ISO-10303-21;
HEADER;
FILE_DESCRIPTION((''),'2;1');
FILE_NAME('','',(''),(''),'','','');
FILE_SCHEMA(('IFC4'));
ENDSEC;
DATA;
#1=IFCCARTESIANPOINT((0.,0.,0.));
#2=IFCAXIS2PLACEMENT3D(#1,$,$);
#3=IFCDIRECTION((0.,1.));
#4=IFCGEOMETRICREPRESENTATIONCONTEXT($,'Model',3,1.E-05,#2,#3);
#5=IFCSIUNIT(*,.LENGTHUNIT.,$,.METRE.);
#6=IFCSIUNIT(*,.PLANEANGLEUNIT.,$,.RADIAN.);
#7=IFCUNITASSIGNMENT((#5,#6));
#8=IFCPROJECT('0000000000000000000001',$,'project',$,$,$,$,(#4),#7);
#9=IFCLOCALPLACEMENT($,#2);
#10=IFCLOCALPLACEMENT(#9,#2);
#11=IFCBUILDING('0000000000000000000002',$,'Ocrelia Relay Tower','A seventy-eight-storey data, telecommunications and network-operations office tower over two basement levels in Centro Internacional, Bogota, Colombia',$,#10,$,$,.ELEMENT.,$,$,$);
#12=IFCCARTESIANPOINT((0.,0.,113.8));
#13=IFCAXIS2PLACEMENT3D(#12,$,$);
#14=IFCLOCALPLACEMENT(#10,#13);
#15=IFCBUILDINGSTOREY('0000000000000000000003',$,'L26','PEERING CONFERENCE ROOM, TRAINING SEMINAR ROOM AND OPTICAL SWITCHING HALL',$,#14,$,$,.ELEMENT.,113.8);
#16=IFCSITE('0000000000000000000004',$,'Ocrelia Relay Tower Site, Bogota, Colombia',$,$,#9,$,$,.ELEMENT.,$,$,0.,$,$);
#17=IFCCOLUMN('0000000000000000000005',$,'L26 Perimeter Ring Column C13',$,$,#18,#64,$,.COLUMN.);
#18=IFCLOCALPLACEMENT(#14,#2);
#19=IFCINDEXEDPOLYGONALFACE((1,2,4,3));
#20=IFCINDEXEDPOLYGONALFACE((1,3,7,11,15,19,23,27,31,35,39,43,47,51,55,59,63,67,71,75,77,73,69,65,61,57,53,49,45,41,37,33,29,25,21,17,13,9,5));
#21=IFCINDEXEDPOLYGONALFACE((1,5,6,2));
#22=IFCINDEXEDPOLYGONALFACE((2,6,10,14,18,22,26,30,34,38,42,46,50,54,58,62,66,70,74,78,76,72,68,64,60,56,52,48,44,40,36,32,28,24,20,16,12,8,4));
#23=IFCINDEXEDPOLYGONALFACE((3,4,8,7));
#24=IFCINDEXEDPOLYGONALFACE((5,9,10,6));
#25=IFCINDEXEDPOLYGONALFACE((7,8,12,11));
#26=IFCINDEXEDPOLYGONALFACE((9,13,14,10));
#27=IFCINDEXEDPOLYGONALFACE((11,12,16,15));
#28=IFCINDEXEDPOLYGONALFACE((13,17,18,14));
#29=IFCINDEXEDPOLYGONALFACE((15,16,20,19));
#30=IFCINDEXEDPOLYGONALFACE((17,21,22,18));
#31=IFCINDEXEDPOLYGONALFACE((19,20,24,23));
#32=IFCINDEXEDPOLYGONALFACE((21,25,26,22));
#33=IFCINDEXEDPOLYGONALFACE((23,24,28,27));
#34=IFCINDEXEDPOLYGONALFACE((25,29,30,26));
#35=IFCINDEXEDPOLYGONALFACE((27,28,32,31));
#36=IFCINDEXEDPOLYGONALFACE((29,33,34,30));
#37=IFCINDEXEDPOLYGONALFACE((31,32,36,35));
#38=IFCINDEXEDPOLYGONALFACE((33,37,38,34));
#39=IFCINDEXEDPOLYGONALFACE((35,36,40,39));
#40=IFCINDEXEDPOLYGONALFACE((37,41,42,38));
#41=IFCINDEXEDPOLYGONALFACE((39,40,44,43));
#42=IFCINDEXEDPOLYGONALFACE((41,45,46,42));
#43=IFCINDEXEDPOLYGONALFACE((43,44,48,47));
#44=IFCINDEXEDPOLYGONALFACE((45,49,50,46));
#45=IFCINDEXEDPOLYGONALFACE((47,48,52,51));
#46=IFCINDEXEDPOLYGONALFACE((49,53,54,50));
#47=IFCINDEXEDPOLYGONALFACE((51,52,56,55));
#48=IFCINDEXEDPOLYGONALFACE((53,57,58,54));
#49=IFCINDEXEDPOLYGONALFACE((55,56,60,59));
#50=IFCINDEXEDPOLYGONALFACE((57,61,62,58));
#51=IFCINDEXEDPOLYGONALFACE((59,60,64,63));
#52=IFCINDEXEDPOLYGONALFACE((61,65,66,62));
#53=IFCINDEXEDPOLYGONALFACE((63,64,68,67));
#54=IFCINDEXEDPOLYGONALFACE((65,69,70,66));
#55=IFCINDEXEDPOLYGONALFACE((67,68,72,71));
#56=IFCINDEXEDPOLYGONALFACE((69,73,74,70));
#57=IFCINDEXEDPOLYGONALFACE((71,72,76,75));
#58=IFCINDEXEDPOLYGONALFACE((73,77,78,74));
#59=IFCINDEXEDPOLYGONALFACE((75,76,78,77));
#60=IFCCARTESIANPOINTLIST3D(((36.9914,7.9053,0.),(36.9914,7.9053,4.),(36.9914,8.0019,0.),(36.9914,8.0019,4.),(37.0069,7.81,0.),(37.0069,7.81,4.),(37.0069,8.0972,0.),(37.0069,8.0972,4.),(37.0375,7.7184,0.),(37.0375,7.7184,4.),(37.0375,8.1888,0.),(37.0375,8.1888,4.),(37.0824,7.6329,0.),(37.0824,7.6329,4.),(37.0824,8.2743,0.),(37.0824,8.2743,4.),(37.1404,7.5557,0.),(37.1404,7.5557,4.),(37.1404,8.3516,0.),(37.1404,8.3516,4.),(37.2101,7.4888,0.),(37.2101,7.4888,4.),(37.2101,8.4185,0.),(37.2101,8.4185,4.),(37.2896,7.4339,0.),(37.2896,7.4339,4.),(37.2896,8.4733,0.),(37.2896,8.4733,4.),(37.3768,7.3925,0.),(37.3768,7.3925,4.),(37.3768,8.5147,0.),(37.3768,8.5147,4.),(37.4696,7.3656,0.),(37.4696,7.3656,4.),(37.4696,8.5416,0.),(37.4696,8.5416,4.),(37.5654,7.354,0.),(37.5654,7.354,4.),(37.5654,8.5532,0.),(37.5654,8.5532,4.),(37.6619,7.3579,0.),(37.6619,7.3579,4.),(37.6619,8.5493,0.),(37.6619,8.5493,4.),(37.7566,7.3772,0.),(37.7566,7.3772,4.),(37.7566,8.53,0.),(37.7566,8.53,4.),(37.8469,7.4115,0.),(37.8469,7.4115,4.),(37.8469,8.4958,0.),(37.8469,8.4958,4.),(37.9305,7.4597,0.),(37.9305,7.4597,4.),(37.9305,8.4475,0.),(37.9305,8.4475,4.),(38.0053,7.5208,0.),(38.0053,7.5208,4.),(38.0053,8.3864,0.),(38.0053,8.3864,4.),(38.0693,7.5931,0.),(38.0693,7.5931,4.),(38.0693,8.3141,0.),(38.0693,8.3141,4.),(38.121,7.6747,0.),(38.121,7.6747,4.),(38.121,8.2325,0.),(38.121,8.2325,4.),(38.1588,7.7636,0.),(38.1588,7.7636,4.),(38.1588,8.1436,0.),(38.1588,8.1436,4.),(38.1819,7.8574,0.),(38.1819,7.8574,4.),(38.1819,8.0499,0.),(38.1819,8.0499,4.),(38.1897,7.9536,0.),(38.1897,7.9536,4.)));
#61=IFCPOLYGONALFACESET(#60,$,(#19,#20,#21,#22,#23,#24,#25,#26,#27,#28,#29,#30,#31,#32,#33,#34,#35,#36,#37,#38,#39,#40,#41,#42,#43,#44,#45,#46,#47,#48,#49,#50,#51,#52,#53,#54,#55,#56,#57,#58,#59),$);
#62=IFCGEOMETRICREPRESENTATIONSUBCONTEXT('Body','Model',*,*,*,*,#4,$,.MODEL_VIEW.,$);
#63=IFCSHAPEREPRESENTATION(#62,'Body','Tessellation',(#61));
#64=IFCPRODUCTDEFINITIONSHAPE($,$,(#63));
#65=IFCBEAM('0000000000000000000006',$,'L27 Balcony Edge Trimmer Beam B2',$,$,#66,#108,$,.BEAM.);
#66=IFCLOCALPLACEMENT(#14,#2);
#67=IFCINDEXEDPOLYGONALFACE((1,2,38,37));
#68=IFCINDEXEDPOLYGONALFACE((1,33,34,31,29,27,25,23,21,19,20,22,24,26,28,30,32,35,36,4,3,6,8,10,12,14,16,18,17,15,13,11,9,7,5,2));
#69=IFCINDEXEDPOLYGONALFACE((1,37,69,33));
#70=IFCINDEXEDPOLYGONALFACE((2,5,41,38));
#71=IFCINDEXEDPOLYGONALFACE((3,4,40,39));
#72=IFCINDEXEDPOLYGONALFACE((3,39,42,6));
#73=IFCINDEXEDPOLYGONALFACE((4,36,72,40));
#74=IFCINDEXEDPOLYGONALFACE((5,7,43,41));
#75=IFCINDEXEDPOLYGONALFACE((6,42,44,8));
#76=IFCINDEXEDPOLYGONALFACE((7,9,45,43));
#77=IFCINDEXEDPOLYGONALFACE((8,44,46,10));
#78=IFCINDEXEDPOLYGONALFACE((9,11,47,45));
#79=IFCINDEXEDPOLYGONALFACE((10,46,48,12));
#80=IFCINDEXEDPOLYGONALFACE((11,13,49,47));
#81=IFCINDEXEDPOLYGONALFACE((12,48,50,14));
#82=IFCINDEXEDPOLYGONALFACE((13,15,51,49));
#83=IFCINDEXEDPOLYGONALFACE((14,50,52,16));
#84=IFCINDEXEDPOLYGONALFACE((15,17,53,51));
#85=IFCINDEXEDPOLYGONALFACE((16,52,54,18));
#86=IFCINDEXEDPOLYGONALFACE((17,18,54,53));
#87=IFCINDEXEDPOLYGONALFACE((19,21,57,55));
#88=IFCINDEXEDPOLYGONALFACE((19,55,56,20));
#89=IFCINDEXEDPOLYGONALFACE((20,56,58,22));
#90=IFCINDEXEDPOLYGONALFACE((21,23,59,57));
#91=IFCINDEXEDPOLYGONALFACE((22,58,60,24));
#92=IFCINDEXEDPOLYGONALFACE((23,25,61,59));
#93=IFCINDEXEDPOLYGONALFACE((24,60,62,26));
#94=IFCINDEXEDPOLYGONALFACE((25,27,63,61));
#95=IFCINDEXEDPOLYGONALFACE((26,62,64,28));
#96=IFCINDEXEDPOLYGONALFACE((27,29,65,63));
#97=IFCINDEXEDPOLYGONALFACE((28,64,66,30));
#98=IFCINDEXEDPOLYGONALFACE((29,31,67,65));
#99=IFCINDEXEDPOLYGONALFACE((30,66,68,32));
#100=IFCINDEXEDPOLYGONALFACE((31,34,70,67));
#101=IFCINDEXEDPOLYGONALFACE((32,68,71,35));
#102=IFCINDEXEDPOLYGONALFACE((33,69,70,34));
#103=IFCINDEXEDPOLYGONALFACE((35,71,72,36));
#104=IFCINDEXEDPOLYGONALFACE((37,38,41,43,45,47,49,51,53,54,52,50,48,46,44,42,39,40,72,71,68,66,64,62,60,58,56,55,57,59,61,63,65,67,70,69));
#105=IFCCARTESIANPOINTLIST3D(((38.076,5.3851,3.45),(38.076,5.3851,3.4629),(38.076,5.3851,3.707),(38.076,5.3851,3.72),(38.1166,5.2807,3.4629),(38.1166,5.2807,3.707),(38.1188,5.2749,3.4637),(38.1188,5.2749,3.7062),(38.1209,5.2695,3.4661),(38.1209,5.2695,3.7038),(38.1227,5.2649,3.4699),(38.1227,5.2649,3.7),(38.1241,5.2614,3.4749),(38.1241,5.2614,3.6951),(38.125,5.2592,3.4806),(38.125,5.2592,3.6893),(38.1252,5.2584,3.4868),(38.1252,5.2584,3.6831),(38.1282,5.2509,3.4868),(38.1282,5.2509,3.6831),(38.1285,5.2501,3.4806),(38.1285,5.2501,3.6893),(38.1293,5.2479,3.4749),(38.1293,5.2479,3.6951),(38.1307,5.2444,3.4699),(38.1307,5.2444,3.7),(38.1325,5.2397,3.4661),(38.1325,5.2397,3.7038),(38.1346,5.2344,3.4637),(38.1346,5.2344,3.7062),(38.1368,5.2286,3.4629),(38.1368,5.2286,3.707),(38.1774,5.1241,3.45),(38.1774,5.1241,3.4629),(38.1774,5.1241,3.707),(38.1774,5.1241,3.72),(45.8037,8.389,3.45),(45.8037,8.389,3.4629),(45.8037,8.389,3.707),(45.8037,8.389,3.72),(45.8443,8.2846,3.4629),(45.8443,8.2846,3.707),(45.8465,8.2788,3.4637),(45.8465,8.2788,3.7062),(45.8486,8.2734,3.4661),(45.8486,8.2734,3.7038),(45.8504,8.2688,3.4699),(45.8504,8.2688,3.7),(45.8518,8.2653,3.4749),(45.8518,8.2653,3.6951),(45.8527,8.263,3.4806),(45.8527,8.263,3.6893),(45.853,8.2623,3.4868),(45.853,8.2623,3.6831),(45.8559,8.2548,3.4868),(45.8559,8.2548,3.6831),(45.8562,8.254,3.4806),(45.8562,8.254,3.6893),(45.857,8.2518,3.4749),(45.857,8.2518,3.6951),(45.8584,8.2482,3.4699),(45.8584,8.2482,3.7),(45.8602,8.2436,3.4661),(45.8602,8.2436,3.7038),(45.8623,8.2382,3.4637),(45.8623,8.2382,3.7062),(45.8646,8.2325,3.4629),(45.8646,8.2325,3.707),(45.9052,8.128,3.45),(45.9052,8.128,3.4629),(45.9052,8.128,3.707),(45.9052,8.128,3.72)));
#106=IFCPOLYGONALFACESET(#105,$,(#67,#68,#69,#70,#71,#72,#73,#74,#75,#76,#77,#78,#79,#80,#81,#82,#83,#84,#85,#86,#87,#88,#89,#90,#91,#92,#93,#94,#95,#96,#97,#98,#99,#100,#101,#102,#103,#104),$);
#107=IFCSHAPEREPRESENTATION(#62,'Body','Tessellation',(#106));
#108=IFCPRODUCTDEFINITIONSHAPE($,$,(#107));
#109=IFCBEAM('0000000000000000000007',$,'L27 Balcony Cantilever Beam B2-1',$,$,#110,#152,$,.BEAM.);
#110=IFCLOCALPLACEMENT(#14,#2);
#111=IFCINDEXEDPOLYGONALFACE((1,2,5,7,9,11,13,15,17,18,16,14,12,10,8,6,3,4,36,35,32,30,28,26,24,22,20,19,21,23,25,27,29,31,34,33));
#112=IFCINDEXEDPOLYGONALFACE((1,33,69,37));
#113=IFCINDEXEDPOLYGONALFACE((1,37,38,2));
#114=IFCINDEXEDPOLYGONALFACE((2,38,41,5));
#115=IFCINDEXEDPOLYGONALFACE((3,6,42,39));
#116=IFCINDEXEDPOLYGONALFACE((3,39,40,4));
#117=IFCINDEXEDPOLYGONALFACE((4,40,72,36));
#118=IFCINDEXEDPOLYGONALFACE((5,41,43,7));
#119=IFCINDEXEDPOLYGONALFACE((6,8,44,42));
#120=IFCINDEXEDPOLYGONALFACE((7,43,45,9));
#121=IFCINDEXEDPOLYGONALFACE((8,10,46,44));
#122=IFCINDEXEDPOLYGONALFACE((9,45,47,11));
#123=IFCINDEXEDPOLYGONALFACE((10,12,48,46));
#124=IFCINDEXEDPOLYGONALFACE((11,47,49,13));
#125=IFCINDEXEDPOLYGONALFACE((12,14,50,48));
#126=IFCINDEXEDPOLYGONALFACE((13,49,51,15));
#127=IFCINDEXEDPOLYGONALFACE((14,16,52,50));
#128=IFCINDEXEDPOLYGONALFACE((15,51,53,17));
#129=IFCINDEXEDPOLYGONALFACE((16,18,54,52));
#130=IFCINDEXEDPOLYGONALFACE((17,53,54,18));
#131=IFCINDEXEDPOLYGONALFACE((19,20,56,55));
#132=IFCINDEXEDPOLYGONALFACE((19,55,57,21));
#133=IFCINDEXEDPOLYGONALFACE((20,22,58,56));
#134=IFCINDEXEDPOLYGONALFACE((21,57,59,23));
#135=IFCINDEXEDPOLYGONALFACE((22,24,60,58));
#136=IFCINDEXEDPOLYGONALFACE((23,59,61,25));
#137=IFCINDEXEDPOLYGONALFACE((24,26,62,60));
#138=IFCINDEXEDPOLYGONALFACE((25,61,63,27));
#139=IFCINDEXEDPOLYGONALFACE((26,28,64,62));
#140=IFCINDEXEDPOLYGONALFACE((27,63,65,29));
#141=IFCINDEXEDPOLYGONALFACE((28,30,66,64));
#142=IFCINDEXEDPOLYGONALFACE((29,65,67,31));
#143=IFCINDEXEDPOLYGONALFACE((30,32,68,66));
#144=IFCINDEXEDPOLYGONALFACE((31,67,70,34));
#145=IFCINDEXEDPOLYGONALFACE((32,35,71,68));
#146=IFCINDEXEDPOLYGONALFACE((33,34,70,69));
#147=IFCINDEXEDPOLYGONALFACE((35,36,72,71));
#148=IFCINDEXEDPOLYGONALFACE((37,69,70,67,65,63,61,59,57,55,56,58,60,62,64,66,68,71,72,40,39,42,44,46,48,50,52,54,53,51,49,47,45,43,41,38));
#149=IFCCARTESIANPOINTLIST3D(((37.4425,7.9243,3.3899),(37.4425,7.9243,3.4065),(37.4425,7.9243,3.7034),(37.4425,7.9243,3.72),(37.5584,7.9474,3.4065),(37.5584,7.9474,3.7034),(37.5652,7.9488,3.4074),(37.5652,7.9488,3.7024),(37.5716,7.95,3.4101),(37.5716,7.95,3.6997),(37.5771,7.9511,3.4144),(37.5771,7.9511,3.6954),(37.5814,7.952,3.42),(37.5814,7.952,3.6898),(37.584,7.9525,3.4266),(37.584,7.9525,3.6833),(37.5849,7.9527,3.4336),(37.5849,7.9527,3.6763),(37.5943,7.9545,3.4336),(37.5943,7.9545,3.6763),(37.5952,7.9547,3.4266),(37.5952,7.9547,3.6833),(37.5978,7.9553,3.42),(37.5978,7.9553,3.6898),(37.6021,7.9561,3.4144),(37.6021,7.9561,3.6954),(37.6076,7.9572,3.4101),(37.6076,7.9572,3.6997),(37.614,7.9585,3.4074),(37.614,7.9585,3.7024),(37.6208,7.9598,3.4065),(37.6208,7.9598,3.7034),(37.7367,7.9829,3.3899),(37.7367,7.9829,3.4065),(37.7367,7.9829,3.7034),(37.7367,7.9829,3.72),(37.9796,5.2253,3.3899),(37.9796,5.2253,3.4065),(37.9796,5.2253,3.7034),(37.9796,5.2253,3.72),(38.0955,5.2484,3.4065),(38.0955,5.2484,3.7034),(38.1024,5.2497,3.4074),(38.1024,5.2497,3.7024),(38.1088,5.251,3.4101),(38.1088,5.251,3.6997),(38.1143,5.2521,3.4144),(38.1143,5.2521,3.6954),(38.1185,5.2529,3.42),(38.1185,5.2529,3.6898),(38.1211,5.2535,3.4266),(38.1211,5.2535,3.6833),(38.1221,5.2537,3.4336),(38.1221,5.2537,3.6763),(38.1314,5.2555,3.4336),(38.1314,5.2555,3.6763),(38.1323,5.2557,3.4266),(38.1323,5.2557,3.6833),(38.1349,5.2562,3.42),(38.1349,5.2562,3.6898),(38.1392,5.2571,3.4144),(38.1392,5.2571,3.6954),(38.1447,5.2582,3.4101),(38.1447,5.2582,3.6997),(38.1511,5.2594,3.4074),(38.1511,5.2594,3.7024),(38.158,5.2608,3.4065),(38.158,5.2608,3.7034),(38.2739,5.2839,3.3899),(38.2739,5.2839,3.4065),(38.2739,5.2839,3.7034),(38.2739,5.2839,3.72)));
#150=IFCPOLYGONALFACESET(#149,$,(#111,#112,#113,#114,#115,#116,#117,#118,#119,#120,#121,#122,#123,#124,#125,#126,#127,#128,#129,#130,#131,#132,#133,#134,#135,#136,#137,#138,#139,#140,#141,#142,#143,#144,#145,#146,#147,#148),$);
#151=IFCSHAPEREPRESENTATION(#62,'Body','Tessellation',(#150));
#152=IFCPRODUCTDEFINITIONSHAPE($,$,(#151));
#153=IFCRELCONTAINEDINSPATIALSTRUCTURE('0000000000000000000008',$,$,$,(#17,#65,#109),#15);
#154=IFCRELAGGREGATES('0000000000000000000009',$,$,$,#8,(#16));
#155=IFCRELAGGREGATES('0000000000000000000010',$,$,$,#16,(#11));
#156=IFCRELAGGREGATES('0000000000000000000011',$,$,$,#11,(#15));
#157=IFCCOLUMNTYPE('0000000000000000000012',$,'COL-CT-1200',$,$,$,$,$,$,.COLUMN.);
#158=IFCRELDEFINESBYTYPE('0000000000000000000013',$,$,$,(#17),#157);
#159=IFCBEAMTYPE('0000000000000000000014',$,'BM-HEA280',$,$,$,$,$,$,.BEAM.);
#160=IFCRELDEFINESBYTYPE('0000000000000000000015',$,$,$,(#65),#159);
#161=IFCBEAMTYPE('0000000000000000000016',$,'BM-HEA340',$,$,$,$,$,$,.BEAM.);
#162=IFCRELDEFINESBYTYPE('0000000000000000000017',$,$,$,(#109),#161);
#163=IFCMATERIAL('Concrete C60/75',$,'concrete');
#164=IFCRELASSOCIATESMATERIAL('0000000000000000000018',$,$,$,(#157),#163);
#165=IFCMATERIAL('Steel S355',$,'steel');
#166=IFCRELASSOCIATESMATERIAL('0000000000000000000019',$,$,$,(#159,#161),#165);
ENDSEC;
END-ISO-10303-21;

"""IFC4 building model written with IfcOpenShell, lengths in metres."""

from ifc_helpers import new_model, si_unit, direction, frame, origin, origin_2d, place, context, subcontext, project, spatial, circle, i_section, extrude, material, material_profile, profile_set, type_object, element, save


model = new_model("IFC4")

# Units and contexts
model_context = context("Model", 3, precision=1e-05, world=origin(), true_north=direction((0.0, 1.0)))
body_context = subcontext(model_context, "Body", "Model", "MODEL_VIEW")
ifc_project = project(units=[si_unit("LENGTHUNIT", "METRE"), si_unit("PLANEANGLEUNIT", "RADIAN")], contexts=[model_context])

# Site, building, storey
site_placement = place(None, origin())
site = spatial("IfcSite", under=ifc_project, at=site_placement, Name="Ocrelia Relay Tower Site, Bogota, Colombia", CompositionType="ELEMENT", RefElevation=0.0)
building_placement = place(site_placement, origin())
building = spatial("IfcBuilding", under=site, at=building_placement, Name="Ocrelia Relay Tower", Description="A seventy-eight-storey data, telecommunications and network-operations office tower over two basement levels in Centro Internacional, Bogota, Colombia", CompositionType="ELEMENT")
storey_placement = place(building_placement, frame((0.0, 0.0, 113.8)))
storey = spatial("IfcBuildingStorey", under=building, at=storey_placement, Name="L26", Description="PEERING CONFERENCE ROOM, TRAINING SEMINAR ROOM AND OPTICAL SWITCHING HALL", CompositionType="ELEMENT", Elevation=113.8)

# Column
ifc_material_1 = material(Name="Concrete C60/75", Category="concrete")
ifc_material_profile_1 = material_profile(ifc_material_1, circle(Radius=0.6001, at=origin_2d()), Name="RC-CIR-1200")
ifc_profile_set_1 = profile_set([ifc_material_profile_1], Name="Concrete C60/75")
column_type = type_object("IfcColumnType", Name="COL-CT-1200", PredefinedType="COLUMN", material=ifc_profile_set_1)
column_placement = place(storey_placement, frame((37.5896, 7.9536, 0.0), z_axis=(0.0, 0.0, 1.0), x_axis=(1.0, 0.0, 0.0)))
element("IfcColumn", 1, at=column_placement, inside=storey, type_object=column_type, Name="L26 Perimeter Ring Column C13", PredefinedType="COLUMN", context=body_context, shape_type="SweptSolid", body=[
    extrude(circle(Radius=0.6001, at=origin_2d()), origin(), (0.0, 0.0, 1.0), 4.0),
])

# Beams
ifc_material_2 = material(Name="Steel S355", Category="steel")
ifc_material_profile_2 = material_profile(ifc_material_2, i_section(OverallWidth=0.28, OverallDepth=0.27, WebThickness=0.0081, FlangeThickness=0.0129, FilletRadius=0.0239, at=origin_2d()), Name="HEA 280")
ifc_profile_set_2 = profile_set([ifc_material_profile_2], Name="Steel S355")
beam_type_1 = type_object("IfcBeamType", Name="BM-HEA280", PredefinedType="BEAM", material=ifc_profile_set_2)
beam_1_placement = place(storey_placement, frame((38.1267, 5.2546, 3.585), z_axis=(0.932059, 0.362306, 0.0), x_axis=(-0.362306, 0.932059, 0.0)))
element("IfcBeam", 2, at=beam_1_placement, inside=storey, type_object=beam_type_1, Name="L27 Balcony Edge Trimmer Beam B2", PredefinedType="BEAM", context=body_context, shape_type="SweptSolid", body=[
    extrude(i_section(OverallWidth=0.28, OverallDepth=0.27, WebThickness=0.0081, FlangeThickness=0.0129, FilletRadius=0.0239, at=origin_2d()), origin(), (0.0, 0.0, 1.0), 8.291),
])
ifc_material_profile_3 = material_profile(ifc_material_2, i_section(OverallWidth=0.3, OverallDepth=0.3301, WebThickness=0.0095, FlangeThickness=0.0166, FilletRadius=0.0271, at=origin_2d()), Name="HEA 340")
ifc_profile_set_3 = profile_set([ifc_material_profile_3], Name="Steel S355")
beam_type_2 = type_object("IfcBeamType", Name="BM-HEA340", PredefinedType="BEAM", material=ifc_profile_set_3)
beam_2_placement = place(storey_placement, frame((37.5896, 7.9536, 3.5549), z_axis=(0.195178, -0.980768, 0.0), x_axis=(0.980768, 0.195178, 0.0)))
element("IfcBeam", 3, at=beam_2_placement, inside=storey, type_object=beam_type_2, Name="L27 Balcony Cantilever Beam B2-1", PredefinedType="BEAM", context=body_context, shape_type="SweptSolid", body=[
    extrude(i_section(OverallWidth=0.3, OverallDepth=0.3301, WebThickness=0.0095, FlangeThickness=0.0166, FilletRadius=0.0271, at=origin_2d()), origin(), (0.0, 0.0, 1.0), 2.752),
])

save(model, "model.ifc")
